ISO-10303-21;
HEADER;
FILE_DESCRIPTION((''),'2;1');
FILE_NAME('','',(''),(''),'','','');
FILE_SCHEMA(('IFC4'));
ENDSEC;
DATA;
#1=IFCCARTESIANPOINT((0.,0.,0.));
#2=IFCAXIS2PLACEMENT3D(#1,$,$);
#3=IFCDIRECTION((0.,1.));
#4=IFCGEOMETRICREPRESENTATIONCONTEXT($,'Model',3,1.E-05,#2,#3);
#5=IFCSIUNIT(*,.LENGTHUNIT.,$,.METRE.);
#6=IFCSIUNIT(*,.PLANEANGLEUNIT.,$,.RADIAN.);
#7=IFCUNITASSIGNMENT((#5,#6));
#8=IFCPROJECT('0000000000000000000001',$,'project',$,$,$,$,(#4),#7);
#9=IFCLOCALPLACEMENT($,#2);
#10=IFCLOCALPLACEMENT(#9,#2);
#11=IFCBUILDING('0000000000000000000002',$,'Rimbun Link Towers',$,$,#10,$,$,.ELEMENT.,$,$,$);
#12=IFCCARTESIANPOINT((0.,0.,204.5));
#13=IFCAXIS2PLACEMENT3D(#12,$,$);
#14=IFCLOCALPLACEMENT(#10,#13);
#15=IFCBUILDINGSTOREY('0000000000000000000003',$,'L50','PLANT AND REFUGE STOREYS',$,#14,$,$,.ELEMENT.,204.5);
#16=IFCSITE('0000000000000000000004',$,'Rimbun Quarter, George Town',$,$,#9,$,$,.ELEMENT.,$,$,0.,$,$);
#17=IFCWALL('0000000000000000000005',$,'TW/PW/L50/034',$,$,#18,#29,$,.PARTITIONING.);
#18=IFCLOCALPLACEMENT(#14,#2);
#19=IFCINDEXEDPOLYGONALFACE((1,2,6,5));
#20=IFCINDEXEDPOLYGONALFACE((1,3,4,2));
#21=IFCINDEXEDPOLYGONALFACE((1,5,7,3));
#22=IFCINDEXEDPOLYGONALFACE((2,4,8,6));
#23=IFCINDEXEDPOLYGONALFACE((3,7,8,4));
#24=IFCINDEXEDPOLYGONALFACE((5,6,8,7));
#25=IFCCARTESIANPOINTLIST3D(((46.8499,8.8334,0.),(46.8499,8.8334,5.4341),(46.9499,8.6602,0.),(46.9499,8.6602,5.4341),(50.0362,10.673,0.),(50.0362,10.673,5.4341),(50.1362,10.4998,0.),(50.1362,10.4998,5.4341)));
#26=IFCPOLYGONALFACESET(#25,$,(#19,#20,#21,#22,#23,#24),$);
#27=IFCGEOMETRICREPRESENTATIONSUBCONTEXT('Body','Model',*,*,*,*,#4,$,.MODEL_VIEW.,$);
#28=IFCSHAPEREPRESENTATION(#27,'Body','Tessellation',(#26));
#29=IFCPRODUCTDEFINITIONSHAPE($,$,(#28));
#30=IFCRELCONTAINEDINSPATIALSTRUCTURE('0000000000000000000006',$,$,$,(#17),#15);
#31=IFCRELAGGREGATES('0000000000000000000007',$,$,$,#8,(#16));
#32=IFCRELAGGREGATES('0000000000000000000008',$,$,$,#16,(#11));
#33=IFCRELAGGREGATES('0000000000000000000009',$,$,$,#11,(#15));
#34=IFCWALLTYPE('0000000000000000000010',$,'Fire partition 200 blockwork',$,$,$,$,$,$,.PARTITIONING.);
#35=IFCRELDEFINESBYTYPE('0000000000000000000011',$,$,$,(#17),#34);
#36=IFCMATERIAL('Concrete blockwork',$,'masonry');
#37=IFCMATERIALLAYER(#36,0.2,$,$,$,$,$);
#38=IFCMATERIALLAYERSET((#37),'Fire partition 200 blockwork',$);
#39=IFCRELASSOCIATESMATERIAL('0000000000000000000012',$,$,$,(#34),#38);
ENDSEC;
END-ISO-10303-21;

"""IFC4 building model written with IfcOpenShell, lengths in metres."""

from ifc_helpers import new_model, si_unit, direction, frame, frame_2d, origin, place, context, subcontext, project, spatial, rectangle, extrude, material, layer, layer_set, type_object, element, save


model = new_model("IFC4")

# Units and contexts
model_context = context("Model", 3, precision=1e-05, world=origin(), true_north=direction((0.0, 1.0)))
body_context = subcontext(model_context, "Body", "Model", "MODEL_VIEW")
ifc_project = project(units=[si_unit("LENGTHUNIT", "METRE"), si_unit("PLANEANGLEUNIT", "RADIAN")], contexts=[model_context])

# Site, building, storey
site_placement = place(None, origin())
site = spatial("IfcSite", under=ifc_project, at=site_placement, Name="Rimbun Quarter, George Town", CompositionType="ELEMENT", RefElevation=0.0)
building_placement = place(site_placement, origin())
building = spatial("IfcBuilding", under=site, at=building_placement, Name="Rimbun Link Towers", CompositionType="ELEMENT")
storey_placement = place(building_placement, frame((0.0, 0.0, 204.5)))
storey = spatial("IfcBuildingStorey", under=building, at=storey_placement, Name="L50", Description="PLANT AND REFUGE STOREYS", CompositionType="ELEMENT", Elevation=204.5)

# Shared definitions
ifc_material_1 = material(Name="Concrete blockwork", Category="masonry")
ifc_layer = layer(ifc_material_1, 0.2)
ifc_layer_set = layer_set([ifc_layer], Name="Fire partition 200 blockwork")
wall_type = type_object("IfcWallType", Name="Fire partition 200 blockwork", PredefinedType="PARTITIONING", material=ifc_layer_set)

# Wall
wall_1_placement = place(storey_placement, frame((50.0862, 10.5864, 0.0), z_axis=(0.0, 0.0, 1.0), x_axis=(-0.866025, -0.5, 0.0)))
element("IfcWall", 1, at=wall_1_placement, inside=storey, type_object=wall_type, Name="TW/PW/L50/034", PredefinedType="PARTITIONING", context=body_context, shape_type="SweptSolid", body=[
    extrude(rectangle(XDim=3.6792, YDim=0.2, at=frame_2d((1.8396, 0.0))), origin(), (0.0, 0.0, 1.0), 5.4341),
])

save(model, "model.ifc")
